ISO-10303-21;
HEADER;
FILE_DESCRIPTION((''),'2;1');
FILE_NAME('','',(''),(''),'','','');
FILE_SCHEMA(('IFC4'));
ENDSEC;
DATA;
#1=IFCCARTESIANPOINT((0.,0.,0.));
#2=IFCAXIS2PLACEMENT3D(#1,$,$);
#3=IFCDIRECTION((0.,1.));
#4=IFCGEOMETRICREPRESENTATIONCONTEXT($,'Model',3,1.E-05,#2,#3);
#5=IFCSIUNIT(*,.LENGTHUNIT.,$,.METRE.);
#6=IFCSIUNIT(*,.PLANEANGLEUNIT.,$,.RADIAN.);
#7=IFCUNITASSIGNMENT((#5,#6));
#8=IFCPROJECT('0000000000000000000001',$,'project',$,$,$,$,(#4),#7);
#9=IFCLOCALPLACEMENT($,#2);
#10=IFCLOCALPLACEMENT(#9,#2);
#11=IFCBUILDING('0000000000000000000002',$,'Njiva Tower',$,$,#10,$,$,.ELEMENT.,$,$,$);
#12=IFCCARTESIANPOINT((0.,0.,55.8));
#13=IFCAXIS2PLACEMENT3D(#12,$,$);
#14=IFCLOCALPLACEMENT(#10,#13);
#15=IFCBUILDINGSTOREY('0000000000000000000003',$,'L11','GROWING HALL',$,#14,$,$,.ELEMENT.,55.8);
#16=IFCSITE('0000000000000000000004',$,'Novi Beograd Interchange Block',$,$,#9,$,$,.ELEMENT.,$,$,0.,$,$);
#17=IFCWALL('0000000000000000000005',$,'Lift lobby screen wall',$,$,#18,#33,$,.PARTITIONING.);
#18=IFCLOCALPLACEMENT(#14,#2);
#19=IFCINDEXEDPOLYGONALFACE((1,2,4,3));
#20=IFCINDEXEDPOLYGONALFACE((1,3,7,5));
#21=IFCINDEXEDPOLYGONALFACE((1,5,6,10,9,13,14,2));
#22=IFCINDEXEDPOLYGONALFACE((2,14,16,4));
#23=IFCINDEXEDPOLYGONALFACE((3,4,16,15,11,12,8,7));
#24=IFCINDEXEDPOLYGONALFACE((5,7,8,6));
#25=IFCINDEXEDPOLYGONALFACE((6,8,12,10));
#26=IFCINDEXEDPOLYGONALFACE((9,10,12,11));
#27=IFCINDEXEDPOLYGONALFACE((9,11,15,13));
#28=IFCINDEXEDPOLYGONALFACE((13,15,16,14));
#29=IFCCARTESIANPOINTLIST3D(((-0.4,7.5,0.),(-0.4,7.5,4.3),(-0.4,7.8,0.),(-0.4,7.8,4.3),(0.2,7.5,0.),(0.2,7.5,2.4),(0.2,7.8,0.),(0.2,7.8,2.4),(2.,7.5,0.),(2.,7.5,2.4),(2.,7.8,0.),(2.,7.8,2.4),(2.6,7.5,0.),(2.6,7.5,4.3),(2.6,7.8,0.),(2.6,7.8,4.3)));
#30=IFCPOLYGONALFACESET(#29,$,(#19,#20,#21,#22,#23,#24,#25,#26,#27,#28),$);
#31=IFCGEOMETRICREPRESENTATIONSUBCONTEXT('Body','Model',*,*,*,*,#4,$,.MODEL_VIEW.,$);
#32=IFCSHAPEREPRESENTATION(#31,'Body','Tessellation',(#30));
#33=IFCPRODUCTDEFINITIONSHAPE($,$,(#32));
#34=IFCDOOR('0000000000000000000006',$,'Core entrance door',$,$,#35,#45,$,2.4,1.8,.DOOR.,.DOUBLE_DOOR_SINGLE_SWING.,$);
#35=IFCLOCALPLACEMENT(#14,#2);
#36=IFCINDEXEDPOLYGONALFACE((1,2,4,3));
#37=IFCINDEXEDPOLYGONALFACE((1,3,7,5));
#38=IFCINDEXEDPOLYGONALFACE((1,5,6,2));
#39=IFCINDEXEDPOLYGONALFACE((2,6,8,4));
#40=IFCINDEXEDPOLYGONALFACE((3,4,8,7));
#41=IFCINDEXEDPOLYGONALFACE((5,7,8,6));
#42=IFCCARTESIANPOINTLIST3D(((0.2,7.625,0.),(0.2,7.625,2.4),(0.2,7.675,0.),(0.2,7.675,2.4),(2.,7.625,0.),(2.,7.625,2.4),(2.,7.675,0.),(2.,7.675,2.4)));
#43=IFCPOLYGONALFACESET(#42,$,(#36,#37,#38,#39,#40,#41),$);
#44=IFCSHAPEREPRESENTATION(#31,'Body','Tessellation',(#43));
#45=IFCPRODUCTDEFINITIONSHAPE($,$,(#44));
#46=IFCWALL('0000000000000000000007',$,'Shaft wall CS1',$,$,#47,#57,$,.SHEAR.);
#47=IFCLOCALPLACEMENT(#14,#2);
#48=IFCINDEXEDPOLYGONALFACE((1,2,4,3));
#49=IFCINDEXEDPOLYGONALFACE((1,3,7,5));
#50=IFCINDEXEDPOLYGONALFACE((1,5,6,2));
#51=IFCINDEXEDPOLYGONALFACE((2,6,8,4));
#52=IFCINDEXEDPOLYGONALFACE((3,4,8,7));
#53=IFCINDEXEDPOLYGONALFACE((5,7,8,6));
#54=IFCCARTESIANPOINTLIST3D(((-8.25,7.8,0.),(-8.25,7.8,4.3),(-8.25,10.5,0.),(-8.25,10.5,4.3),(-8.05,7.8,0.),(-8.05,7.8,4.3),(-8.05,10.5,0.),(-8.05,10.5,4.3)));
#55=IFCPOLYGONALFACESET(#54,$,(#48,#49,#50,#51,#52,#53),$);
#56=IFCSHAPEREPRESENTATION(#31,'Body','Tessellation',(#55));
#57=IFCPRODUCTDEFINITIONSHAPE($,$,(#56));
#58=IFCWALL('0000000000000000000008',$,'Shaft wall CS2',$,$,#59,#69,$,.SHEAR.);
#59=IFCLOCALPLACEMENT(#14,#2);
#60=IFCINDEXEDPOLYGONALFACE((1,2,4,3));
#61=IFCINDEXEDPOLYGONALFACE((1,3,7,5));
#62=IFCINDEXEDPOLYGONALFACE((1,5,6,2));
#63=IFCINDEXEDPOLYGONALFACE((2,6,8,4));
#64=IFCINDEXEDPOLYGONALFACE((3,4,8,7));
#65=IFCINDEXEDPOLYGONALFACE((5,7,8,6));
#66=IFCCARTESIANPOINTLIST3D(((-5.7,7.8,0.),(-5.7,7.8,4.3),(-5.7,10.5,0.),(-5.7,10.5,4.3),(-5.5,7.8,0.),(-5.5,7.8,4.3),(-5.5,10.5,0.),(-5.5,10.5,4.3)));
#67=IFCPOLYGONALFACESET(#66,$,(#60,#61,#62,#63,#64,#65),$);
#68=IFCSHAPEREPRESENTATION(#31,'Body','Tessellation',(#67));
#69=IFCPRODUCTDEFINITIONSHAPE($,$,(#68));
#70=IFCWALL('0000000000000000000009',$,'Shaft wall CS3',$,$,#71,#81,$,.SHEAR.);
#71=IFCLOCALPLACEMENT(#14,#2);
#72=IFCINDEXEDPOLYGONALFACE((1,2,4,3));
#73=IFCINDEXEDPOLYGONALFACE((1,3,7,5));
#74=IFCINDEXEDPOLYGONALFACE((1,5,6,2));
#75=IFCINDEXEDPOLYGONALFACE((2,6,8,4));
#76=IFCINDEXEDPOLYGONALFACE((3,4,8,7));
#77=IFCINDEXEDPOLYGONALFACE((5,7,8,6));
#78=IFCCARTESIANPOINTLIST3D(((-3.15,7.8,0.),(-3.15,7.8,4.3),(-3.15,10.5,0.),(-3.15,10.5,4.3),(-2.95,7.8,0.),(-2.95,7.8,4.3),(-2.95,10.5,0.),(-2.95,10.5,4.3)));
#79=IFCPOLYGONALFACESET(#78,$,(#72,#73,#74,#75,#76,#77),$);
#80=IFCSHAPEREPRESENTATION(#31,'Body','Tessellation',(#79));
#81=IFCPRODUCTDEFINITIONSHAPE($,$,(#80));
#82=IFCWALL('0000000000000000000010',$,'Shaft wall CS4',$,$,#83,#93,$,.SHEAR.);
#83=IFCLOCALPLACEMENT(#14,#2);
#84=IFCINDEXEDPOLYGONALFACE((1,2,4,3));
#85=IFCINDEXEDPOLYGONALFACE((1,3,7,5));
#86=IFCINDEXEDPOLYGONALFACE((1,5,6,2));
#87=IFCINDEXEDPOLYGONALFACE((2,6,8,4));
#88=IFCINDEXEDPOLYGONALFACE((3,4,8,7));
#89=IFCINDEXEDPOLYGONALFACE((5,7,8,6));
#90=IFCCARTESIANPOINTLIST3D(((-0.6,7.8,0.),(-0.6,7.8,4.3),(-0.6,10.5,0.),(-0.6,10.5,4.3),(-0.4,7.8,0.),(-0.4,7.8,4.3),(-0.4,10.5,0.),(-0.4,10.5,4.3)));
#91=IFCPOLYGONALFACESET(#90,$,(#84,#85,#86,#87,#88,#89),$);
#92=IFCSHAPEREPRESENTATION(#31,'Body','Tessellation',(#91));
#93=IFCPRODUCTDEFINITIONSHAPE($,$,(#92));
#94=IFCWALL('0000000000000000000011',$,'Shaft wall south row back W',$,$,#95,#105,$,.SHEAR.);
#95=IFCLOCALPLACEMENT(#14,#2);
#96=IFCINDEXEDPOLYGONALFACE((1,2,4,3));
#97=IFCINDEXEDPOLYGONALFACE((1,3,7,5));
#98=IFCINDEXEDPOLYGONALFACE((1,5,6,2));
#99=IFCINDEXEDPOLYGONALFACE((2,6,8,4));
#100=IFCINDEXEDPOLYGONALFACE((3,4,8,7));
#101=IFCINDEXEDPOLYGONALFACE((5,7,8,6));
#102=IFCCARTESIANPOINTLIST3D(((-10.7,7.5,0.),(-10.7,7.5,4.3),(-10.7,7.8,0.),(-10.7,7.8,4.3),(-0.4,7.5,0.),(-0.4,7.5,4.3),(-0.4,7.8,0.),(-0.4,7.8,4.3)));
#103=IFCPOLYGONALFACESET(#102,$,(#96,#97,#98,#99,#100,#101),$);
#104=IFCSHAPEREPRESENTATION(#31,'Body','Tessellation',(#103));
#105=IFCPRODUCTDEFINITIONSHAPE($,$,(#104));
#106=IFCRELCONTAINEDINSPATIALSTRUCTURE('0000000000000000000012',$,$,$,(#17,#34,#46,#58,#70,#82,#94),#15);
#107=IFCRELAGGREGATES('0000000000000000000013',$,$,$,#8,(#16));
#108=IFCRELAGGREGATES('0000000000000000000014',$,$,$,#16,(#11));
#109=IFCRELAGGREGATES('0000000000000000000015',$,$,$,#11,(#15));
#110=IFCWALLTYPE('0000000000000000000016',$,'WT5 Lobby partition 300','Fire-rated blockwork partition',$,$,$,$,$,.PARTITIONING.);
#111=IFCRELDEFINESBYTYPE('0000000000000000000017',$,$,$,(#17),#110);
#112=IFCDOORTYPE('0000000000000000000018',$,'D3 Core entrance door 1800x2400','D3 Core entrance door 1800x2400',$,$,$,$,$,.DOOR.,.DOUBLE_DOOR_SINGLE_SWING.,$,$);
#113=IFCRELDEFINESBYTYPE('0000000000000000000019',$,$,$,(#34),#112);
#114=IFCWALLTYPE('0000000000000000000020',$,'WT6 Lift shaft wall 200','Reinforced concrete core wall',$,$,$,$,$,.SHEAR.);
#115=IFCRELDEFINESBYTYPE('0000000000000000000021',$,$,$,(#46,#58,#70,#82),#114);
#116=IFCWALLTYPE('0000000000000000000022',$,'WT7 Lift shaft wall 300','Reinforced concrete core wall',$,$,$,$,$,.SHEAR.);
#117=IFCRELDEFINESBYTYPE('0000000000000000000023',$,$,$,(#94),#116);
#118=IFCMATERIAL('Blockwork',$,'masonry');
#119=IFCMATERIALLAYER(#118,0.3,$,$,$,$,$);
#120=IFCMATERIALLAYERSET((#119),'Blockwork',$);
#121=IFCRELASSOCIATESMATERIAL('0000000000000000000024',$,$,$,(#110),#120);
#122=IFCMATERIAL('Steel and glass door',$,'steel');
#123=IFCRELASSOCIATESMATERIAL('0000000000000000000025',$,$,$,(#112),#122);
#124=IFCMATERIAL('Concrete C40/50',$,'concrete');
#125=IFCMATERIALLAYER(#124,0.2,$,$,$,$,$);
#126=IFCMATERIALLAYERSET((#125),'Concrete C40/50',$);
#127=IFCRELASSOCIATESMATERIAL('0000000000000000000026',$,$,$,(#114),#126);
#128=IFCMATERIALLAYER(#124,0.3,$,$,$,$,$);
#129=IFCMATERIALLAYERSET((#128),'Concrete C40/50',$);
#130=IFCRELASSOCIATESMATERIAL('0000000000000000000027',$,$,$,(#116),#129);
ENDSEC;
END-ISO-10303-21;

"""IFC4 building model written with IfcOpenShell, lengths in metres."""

from ifc_helpers import new_model, si_unit, direction, frame, frame_2d, origin, place, context, subcontext, project, spatial, rectangle, extrude, material, layer, layer_set, type_object, element, fill, save


model = new_model("IFC4")

# Units and contexts
model_context = context("Model", 3, precision=1e-05, world=origin(), true_north=direction((0.0, 1.0)))
body_context = subcontext(model_context, "Body", "Model", "MODEL_VIEW")
ifc_project = project(units=[si_unit("LENGTHUNIT", "METRE"), si_unit("PLANEANGLEUNIT", "RADIAN")], contexts=[model_context])

# Site, building, storey
site_placement = place(None, origin())
site = spatial("IfcSite", under=ifc_project, at=site_placement, Name="Novi Beograd Interchange Block", CompositionType="ELEMENT", RefElevation=0.0)
building_placement = place(site_placement, origin())
building = spatial("IfcBuilding", under=site, at=building_placement, Name="Njiva Tower", CompositionType="ELEMENT")
storey_placement = place(building_placement, frame((0.0, 0.0, 55.8)))
storey = spatial("IfcBuildingStorey", under=building, at=storey_placement, Name="L11", Description="GROWING HALL", CompositionType="ELEMENT", Elevation=55.8)

# Shared definitions
ifc_material_1 = material(Name="Blockwork", Category="masonry")

# Shared definitions
ifc_material_2 = material(Name="Concrete C40/50", Category="concrete")

# Wall, opening, door
ifc_layer_1 = layer(ifc_material_1, 0.3)
ifc_layer_set_1 = layer_set([ifc_layer_1], Name="Blockwork")
wall_type_1 = type_object("IfcWallType", Name="WT5 Lobby partition 300", Description="Fire-rated blockwork partition", PredefinedType="PARTITIONING", material=ifc_layer_set_1)
wall_1_placement = place(storey_placement, frame((-0.4, 7.65, 0.0), z_axis=(0.0, 0.0, 1.0), x_axis=(1.0, 0.0, 0.0)))
wall_1 = element("IfcWall", 1, at=wall_1_placement, inside=storey, type_object=wall_type_1, Name="Lift lobby screen wall", PredefinedType="PARTITIONING", context=body_context, shape_type="SweptSolid", body=[
    extrude(rectangle(XDim=3.0, YDim=0.3, at=frame_2d((1.5, 0.0))), origin(), (0.0, 0.0, 1.0), 4.3),
])
opening_1_placement = place(wall_1_placement, frame((0.6, 0.0, 0.0)))
opening_1 = element("IfcOpeningElement", 2, at=opening_1_placement, cuts=wall_1, PredefinedType="OPENING", context=body_context, shape_type="SweptSolid", body=[
    extrude(rectangle(XDim=1.8, YDim=2.4, at=frame_2d((0.9, 1.2))), frame((0.0, 0.16, 0.0), z_axis=(0.0, -1.0, 0.0), x_axis=(1.0, 0.0, 0.0)), (0.0, 0.0, 1.0), 0.32),
])
ifc_material_3 = material(Name="Steel and glass door", Category="steel")
door_type_1 = type_object("IfcDoorType", Name="D3 Core entrance door 1800x2400", Description="D3 Core entrance door 1800x2400", OperationType="DOUBLE_DOOR_SINGLE_SWING", PredefinedType="DOOR", material=ifc_material_3)
door_1_placement = place(opening_1_placement, origin())
door_1 = element("IfcDoor", 3, at=door_1_placement, inside=storey, type_object=door_type_1, Name="Core entrance door", OperationType="DOUBLE_DOOR_SINGLE_SWING", OverallHeight=2.4, OverallWidth=1.8, PredefinedType="DOOR", context=body_context, shape_type="SweptSolid", body=[
    extrude(rectangle(XDim=1.8, YDim=2.4, at=frame_2d((0.9, 1.2))), frame((0.0, 0.025, 0.0), z_axis=(0.0, -1.0, 0.0), x_axis=(1.0, 0.0, 0.0)), (0.0, 0.0, 1.0), 0.05),
])
fill(opening_1, door_1)

# Walls
ifc_layer_2 = layer(ifc_material_2, 0.2)
ifc_layer_set_2 = layer_set([ifc_layer_2], Name="Concrete C40/50")
wall_type_2 = type_object("IfcWallType", Name="WT6 Lift shaft wall 200", Description="Reinforced concrete core wall", PredefinedType="SHEAR", material=ifc_layer_set_2)
for number, where, z_axis, x_axis, name in (
    (4, (-8.15, 7.8, 0.0), (0.0, 0.0, 1.0), (0.0, 1.0, 0.0), "Shaft wall CS1"),
    (5, (-5.6, 7.8, 0.0), (0.0, 0.0, 1.0), (0.0, 1.0, 0.0), "Shaft wall CS2"),
    (6, (-3.05, 7.8, 0.0), (0.0, 0.0, 1.0), (0.0, 1.0, 0.0), "Shaft wall CS3"),
    (7, (-0.5, 7.8, 0.0), (0.0, 0.0, 1.0), (0.0, 1.0, 0.0), "Shaft wall CS4"),
):
    element("IfcWall", number, at=place(storey_placement, frame(where, z_axis=z_axis, x_axis=x_axis)), inside=storey, type_object=wall_type_2, Name=name, PredefinedType="SHEAR", context=body_context, shape_type="SweptSolid", body=[
        extrude(rectangle(XDim=2.7, YDim=0.2, at=frame_2d((1.35, 0.0))), origin(), (0.0, 0.0, 1.0), 4.3),
    ])
ifc_layer_3 = layer(ifc_material_2, 0.3)
ifc_layer_set_3 = layer_set([ifc_layer_3], Name="Concrete C40/50")
wall_type_3 = type_object("IfcWallType", Name="WT7 Lift shaft wall 300", Description="Reinforced concrete core wall", PredefinedType="SHEAR", material=ifc_layer_set_3)
wall_2_placement = place(storey_placement, frame((-10.7, 7.65, 0.0), z_axis=(0.0, 0.0, 1.0), x_axis=(1.0, 0.0, 0.0)))
element("IfcWall", 8, at=wall_2_placement, inside=storey, type_object=wall_type_3, Name="Shaft wall south row back W", PredefinedType="SHEAR", context=body_context, shape_type="SweptSolid", body=[
    extrude(rectangle(XDim=10.3, YDim=0.3, at=frame_2d((5.15, 0.0))), origin(), (0.0, 0.0, 1.0), 4.3),
])

save(model, "model.ifc")
